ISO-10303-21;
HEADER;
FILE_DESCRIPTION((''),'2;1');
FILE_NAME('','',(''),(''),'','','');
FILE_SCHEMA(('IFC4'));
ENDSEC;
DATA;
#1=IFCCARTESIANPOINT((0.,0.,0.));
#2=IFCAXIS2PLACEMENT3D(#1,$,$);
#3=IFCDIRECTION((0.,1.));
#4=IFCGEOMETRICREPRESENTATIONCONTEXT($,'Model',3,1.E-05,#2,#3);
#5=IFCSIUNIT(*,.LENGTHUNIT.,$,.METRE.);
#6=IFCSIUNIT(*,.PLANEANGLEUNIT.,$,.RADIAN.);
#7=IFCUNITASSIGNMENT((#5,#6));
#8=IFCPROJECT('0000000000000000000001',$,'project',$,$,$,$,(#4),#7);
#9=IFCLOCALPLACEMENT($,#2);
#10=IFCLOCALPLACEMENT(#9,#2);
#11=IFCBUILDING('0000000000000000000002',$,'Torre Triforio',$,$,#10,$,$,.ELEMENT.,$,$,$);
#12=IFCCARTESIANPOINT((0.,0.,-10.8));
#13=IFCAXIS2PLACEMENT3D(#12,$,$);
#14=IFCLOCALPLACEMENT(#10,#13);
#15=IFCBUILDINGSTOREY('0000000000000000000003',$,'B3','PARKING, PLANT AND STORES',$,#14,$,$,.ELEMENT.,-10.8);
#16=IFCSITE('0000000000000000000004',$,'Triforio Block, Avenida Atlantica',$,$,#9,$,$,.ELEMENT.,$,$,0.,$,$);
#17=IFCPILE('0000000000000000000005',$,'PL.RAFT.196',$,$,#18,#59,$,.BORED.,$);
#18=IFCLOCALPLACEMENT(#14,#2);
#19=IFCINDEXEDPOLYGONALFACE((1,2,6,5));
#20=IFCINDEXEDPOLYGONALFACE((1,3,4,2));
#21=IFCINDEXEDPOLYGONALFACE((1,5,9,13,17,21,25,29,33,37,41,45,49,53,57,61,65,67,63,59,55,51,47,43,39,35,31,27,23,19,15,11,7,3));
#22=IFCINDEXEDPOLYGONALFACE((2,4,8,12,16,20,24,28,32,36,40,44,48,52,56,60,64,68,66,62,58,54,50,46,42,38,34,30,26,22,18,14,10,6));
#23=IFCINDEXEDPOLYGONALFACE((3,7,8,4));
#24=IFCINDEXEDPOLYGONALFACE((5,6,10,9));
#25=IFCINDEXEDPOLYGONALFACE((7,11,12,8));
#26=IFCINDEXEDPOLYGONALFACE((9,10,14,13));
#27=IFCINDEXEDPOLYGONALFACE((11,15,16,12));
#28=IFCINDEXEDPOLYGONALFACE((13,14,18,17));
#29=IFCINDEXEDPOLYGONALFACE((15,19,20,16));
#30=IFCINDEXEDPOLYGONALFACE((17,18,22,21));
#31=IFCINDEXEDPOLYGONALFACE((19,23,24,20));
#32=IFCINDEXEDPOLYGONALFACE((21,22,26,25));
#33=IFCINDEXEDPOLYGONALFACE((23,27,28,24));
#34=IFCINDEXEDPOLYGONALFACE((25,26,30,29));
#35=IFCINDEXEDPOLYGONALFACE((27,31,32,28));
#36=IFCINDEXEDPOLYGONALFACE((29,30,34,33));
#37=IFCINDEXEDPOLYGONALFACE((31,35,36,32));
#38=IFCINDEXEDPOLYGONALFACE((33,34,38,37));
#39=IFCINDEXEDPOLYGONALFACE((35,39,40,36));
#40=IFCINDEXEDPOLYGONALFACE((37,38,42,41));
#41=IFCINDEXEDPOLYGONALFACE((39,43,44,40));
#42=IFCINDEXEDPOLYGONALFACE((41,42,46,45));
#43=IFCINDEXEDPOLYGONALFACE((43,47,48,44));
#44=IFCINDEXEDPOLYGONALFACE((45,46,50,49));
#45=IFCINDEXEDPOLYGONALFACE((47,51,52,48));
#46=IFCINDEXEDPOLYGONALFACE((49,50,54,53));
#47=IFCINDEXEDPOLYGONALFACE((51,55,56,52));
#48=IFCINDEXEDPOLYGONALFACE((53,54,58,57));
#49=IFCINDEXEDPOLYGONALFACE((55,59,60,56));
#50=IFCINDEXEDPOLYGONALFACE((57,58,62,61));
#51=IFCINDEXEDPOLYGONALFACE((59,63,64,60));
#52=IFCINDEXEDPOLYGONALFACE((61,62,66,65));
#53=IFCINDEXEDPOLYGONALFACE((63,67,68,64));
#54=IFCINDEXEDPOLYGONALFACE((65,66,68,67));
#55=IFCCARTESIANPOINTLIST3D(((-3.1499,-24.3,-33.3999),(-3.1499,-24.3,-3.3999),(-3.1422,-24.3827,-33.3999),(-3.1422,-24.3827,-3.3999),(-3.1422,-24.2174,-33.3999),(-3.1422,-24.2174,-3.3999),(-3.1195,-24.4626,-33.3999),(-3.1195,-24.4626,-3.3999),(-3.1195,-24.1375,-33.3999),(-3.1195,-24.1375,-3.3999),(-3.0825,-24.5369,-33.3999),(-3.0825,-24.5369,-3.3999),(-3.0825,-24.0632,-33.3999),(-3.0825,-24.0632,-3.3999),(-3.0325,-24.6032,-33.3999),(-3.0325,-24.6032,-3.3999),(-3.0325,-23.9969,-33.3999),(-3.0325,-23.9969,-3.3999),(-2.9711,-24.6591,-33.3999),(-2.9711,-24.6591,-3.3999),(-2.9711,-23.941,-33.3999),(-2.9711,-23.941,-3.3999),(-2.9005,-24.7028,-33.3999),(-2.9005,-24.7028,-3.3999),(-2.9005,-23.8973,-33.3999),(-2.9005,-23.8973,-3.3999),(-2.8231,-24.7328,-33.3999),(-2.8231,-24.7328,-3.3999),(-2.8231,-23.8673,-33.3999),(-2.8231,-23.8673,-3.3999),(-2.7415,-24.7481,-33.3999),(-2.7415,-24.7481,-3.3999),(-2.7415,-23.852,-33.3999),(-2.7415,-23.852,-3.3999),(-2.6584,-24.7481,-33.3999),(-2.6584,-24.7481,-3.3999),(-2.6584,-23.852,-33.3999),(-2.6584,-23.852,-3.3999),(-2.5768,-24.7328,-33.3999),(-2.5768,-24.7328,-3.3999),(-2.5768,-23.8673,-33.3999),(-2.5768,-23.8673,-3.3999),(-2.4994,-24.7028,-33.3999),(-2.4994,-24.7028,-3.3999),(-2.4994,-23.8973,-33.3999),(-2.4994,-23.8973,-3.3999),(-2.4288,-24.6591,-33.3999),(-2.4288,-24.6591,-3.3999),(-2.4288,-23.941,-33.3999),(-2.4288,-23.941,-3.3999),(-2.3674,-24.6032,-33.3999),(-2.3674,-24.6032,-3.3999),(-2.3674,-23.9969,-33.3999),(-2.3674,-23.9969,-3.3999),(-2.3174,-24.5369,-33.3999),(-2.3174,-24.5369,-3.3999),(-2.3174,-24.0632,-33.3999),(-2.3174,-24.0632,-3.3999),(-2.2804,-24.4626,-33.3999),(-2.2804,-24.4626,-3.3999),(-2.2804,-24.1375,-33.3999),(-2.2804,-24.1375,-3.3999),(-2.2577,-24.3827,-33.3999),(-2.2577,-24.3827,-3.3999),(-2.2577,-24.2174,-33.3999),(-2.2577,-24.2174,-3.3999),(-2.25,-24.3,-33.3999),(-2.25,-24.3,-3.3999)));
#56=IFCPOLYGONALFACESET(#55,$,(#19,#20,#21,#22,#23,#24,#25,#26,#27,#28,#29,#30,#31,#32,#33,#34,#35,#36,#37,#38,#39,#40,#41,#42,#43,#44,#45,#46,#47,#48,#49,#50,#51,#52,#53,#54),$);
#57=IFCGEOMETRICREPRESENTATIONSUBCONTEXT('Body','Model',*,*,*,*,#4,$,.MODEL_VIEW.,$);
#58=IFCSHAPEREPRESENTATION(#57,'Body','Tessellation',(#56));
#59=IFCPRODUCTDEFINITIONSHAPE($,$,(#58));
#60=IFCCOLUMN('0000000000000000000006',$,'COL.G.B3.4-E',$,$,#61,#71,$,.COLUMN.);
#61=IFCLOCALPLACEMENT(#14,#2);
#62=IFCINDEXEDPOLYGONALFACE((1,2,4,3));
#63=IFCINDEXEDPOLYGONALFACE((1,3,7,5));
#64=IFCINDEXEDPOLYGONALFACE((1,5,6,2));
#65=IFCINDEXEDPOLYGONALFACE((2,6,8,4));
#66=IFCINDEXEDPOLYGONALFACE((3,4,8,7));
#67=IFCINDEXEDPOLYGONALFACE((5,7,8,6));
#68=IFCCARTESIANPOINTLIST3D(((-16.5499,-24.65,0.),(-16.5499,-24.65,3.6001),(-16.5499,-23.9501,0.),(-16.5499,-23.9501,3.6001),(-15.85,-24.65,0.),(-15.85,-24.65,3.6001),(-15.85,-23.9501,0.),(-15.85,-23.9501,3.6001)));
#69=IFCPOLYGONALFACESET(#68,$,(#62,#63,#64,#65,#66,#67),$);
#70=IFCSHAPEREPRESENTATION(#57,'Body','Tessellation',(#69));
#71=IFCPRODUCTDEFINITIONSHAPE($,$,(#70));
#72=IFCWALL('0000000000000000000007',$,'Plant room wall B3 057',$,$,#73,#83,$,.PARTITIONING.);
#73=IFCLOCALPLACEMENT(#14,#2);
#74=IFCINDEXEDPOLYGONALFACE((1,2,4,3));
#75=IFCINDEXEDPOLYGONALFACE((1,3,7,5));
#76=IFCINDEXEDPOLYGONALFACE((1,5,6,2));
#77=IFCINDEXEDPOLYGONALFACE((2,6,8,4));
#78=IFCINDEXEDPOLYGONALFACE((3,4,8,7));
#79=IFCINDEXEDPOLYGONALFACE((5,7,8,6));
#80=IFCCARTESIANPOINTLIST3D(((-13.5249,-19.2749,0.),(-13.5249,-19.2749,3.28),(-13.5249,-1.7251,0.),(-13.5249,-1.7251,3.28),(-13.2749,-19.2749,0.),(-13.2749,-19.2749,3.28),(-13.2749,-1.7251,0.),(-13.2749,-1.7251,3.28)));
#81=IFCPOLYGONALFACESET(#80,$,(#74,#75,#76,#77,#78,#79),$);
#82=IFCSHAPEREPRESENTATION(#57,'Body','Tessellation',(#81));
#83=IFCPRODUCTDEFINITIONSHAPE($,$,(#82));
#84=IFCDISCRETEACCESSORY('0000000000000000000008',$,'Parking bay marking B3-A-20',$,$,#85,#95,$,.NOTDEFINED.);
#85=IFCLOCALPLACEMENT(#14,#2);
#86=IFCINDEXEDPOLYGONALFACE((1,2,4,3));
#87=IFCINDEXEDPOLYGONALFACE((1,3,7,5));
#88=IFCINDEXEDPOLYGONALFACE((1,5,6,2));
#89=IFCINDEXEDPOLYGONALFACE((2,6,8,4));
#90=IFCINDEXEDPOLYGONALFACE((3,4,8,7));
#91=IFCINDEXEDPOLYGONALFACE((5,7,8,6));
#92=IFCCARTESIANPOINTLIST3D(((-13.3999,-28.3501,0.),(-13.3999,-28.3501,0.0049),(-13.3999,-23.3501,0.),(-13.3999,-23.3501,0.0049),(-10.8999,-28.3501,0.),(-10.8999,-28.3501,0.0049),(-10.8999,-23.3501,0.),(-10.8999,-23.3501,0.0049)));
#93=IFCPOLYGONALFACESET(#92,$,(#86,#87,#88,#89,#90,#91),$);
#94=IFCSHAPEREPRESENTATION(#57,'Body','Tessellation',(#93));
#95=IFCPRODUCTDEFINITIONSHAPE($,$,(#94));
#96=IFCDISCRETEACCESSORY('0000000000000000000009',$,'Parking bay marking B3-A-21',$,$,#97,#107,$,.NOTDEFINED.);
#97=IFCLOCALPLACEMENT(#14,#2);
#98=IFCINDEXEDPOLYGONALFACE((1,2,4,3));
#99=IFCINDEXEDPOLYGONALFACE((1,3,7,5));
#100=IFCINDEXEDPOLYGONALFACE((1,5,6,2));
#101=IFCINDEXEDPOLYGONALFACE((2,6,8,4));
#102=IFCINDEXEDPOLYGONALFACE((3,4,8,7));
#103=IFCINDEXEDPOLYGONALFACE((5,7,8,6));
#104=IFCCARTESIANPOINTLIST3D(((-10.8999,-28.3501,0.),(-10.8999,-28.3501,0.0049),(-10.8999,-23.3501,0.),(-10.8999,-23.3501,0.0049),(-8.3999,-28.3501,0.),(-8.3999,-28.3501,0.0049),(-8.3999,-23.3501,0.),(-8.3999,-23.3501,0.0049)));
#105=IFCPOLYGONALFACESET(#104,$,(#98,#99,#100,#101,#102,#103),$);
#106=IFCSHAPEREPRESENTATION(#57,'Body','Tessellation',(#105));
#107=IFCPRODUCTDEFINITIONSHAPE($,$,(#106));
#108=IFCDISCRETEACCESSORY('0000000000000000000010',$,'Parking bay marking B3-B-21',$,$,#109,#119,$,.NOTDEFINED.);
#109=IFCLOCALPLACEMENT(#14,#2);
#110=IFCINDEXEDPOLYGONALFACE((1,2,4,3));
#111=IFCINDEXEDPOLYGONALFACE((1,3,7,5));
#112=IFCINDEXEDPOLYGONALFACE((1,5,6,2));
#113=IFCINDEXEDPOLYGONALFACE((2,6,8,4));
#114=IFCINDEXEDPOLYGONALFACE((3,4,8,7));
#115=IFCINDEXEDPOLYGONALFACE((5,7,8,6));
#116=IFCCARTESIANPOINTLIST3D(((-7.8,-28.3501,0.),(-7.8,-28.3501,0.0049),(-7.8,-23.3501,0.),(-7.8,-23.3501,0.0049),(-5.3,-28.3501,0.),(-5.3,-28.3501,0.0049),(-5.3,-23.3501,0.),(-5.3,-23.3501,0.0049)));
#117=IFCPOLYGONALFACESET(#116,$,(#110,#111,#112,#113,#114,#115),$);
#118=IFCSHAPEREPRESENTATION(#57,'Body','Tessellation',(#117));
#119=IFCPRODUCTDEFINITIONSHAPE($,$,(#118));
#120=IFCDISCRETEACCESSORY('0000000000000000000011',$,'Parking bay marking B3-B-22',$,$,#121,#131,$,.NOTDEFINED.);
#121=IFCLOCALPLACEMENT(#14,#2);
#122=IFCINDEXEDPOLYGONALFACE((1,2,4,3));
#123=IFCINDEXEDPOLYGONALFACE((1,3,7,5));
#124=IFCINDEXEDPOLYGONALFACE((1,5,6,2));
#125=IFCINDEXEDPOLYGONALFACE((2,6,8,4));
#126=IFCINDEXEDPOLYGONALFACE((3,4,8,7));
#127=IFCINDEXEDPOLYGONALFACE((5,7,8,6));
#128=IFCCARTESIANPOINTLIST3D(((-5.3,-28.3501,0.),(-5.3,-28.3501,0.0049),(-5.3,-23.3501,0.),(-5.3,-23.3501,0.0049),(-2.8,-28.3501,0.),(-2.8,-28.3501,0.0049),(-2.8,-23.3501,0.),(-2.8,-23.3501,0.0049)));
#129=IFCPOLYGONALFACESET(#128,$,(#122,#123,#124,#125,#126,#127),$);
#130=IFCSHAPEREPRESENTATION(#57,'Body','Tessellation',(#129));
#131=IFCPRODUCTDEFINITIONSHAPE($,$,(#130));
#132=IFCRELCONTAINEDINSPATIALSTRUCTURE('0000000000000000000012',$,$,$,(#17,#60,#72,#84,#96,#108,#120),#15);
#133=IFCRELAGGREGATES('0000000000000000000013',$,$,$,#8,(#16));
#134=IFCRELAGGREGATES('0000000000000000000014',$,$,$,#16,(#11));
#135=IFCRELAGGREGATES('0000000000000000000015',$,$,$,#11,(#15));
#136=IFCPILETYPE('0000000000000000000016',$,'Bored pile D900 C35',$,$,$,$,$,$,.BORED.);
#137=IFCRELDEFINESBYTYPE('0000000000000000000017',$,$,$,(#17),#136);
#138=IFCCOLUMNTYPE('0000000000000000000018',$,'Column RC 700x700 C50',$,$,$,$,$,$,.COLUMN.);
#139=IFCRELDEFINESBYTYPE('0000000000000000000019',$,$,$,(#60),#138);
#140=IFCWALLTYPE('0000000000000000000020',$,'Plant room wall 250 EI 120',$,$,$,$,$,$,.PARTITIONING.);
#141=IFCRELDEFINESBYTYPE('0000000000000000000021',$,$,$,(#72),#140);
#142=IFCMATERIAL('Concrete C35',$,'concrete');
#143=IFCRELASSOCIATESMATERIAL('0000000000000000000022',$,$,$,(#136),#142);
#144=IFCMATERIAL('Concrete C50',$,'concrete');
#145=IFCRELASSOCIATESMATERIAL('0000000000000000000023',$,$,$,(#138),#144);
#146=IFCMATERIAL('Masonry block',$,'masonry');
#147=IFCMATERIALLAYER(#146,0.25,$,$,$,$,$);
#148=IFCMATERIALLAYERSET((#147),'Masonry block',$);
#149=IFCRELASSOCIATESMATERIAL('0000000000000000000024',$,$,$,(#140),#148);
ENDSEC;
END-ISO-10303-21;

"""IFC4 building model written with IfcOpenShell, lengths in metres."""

from ifc_helpers import new_model, si_unit, direction, frame, frame_2d, origin, origin_2d, place, context, subcontext, project, spatial, rectangle, circle, extrude, material, layer, layer_set, material_profile, profile_set, type_object, element, save


model = new_model("IFC4")

# Units and contexts
model_context = context("Model", 3, precision=1e-05, world=origin(), true_north=direction((0.0, 1.0)))
body_context = subcontext(model_context, "Body", "Model", "MODEL_VIEW")
ifc_project = project(units=[si_unit("LENGTHUNIT", "METRE"), si_unit("PLANEANGLEUNIT", "RADIAN")], contexts=[model_context])

# Site, building, storey
site_placement = place(None, origin())
site = spatial("IfcSite", under=ifc_project, at=site_placement, Name="Triforio Block, Avenida Atlantica", CompositionType="ELEMENT", RefElevation=0.0)
building_placement = place(site_placement, origin())
building = spatial("IfcBuilding", under=site, at=building_placement, Name="Torre Triforio", CompositionType="ELEMENT")
storey_placement = place(building_placement, frame((0.0, 0.0, -10.8)))
storey = spatial("IfcBuildingStorey", under=building, at=storey_placement, Name="B3", Description="PARKING, PLANT AND STORES", CompositionType="ELEMENT", Elevation=-10.8)

# Pile
ifc_material_1 = material(Name="Concrete C35", Category="concrete")
ifc_material_profile_1 = material_profile(ifc_material_1, circle(Radius=0.45, at=origin_2d()), Name="RC D900")
ifc_profile_set_1 = profile_set([ifc_material_profile_1], Name="Concrete C35")
pile_type = type_object("IfcPileType", Name="Bored pile D900 C35", PredefinedType="BORED", material=ifc_profile_set_1)
for number, where, z_axis, x_axis, name in (
    (1, (-2.7, -24.3, -3.3999), (0.0, 0.0, -1.0), (1.0, 0.0, 0.0), "PL.RAFT.196"),
):
    element("IfcPile", number, at=place(storey_placement, frame(where, z_axis=z_axis, x_axis=x_axis)), inside=storey, type_object=pile_type, Name=name, PredefinedType="BORED", context=body_context, shape_type="SweptSolid", body=[
        extrude(circle(Radius=0.45, at=origin_2d()), origin(), (0.0, 0.0, 1.0), 30.0),
    ])

# Column
ifc_material_2 = material(Name="Concrete C50", Category="concrete")
ifc_material_profile_2 = material_profile(ifc_material_2, rectangle(XDim=0.7, YDim=0.7, at=origin_2d()), Name="RC 700x700")
ifc_profile_set_2 = profile_set([ifc_material_profile_2], Name="Concrete C50")
column_type = type_object("IfcColumnType", Name="Column RC 700x700 C50", PredefinedType="COLUMN", material=ifc_profile_set_2)
column_placement = place(storey_placement, frame((-16.2, -24.3, 0.0), z_axis=(0.0, 0.0, 1.0), x_axis=(1.0, 0.0, 0.0)))
element("IfcColumn", 2, at=column_placement, inside=storey, type_object=column_type, Name="COL.G.B3.4-E", PredefinedType="COLUMN", context=body_context, shape_type="SweptSolid", body=[
    extrude(rectangle(XDim=0.7, YDim=0.7, at=origin_2d()), origin(), (0.0, 0.0, 1.0), 3.6001),
])

# Wall
ifc_material_3 = material(Name="Masonry block", Category="masonry")
ifc_layer = layer(ifc_material_3, 0.25)
ifc_layer_set = layer_set([ifc_layer], Name="Masonry block")
wall_type = type_object("IfcWallType", Name="Plant room wall 250 EI 120", PredefinedType="PARTITIONING", material=ifc_layer_set)
wall_placement = place(storey_placement, frame((-13.3999, -19.2749, 0.0), z_axis=(0.0, 0.0, 1.0), x_axis=(0.0, 1.0, 0.0)))
element("IfcWall", 3, at=wall_placement, inside=storey, type_object=wall_type, Name="Plant room wall B3 057", PredefinedType="PARTITIONING", context=body_context, shape_type="SweptSolid", body=[
    extrude(rectangle(XDim=17.5498, YDim=0.25, at=frame_2d((8.7749, 0.0))), origin(), (0.0, 0.0, 1.0), 3.28),
])

# Discrete accessories
for number, where, z_axis, x_axis, name in (
    (4, (-12.1499, -25.8501, 0.0), (0.0, 0.0, 1.0), (1.0, 0.0, 0.0), "Parking bay marking B3-A-20"),
    (5, (-9.6499, -25.8501, 0.0), (0.0, 0.0, 1.0), (1.0, 0.0, 0.0), "Parking bay marking B3-A-21"),
    (6, (-6.55, -25.8501, 0.0), (0.0, 0.0, 1.0), (1.0, 0.0, 0.0), "Parking bay marking B3-B-21"),
    (7, (-4.05, -25.8501, 0.0), (0.0, 0.0, 1.0), (1.0, 0.0, 0.0), "Parking bay marking B3-B-22"),
):
    element("IfcDiscreteAccessory", number, at=place(storey_placement, frame(where, z_axis=z_axis, x_axis=x_axis)), inside=storey, Name=name, PredefinedType="NOTDEFINED", context=body_context, shape_type="SweptSolid", body=[
        extrude(rectangle(XDim=2.5, YDim=5.0, at=origin_2d()), origin(), (0.0, 0.0, 1.0), 0.0049),
    ])

save(model, "model.ifc")
